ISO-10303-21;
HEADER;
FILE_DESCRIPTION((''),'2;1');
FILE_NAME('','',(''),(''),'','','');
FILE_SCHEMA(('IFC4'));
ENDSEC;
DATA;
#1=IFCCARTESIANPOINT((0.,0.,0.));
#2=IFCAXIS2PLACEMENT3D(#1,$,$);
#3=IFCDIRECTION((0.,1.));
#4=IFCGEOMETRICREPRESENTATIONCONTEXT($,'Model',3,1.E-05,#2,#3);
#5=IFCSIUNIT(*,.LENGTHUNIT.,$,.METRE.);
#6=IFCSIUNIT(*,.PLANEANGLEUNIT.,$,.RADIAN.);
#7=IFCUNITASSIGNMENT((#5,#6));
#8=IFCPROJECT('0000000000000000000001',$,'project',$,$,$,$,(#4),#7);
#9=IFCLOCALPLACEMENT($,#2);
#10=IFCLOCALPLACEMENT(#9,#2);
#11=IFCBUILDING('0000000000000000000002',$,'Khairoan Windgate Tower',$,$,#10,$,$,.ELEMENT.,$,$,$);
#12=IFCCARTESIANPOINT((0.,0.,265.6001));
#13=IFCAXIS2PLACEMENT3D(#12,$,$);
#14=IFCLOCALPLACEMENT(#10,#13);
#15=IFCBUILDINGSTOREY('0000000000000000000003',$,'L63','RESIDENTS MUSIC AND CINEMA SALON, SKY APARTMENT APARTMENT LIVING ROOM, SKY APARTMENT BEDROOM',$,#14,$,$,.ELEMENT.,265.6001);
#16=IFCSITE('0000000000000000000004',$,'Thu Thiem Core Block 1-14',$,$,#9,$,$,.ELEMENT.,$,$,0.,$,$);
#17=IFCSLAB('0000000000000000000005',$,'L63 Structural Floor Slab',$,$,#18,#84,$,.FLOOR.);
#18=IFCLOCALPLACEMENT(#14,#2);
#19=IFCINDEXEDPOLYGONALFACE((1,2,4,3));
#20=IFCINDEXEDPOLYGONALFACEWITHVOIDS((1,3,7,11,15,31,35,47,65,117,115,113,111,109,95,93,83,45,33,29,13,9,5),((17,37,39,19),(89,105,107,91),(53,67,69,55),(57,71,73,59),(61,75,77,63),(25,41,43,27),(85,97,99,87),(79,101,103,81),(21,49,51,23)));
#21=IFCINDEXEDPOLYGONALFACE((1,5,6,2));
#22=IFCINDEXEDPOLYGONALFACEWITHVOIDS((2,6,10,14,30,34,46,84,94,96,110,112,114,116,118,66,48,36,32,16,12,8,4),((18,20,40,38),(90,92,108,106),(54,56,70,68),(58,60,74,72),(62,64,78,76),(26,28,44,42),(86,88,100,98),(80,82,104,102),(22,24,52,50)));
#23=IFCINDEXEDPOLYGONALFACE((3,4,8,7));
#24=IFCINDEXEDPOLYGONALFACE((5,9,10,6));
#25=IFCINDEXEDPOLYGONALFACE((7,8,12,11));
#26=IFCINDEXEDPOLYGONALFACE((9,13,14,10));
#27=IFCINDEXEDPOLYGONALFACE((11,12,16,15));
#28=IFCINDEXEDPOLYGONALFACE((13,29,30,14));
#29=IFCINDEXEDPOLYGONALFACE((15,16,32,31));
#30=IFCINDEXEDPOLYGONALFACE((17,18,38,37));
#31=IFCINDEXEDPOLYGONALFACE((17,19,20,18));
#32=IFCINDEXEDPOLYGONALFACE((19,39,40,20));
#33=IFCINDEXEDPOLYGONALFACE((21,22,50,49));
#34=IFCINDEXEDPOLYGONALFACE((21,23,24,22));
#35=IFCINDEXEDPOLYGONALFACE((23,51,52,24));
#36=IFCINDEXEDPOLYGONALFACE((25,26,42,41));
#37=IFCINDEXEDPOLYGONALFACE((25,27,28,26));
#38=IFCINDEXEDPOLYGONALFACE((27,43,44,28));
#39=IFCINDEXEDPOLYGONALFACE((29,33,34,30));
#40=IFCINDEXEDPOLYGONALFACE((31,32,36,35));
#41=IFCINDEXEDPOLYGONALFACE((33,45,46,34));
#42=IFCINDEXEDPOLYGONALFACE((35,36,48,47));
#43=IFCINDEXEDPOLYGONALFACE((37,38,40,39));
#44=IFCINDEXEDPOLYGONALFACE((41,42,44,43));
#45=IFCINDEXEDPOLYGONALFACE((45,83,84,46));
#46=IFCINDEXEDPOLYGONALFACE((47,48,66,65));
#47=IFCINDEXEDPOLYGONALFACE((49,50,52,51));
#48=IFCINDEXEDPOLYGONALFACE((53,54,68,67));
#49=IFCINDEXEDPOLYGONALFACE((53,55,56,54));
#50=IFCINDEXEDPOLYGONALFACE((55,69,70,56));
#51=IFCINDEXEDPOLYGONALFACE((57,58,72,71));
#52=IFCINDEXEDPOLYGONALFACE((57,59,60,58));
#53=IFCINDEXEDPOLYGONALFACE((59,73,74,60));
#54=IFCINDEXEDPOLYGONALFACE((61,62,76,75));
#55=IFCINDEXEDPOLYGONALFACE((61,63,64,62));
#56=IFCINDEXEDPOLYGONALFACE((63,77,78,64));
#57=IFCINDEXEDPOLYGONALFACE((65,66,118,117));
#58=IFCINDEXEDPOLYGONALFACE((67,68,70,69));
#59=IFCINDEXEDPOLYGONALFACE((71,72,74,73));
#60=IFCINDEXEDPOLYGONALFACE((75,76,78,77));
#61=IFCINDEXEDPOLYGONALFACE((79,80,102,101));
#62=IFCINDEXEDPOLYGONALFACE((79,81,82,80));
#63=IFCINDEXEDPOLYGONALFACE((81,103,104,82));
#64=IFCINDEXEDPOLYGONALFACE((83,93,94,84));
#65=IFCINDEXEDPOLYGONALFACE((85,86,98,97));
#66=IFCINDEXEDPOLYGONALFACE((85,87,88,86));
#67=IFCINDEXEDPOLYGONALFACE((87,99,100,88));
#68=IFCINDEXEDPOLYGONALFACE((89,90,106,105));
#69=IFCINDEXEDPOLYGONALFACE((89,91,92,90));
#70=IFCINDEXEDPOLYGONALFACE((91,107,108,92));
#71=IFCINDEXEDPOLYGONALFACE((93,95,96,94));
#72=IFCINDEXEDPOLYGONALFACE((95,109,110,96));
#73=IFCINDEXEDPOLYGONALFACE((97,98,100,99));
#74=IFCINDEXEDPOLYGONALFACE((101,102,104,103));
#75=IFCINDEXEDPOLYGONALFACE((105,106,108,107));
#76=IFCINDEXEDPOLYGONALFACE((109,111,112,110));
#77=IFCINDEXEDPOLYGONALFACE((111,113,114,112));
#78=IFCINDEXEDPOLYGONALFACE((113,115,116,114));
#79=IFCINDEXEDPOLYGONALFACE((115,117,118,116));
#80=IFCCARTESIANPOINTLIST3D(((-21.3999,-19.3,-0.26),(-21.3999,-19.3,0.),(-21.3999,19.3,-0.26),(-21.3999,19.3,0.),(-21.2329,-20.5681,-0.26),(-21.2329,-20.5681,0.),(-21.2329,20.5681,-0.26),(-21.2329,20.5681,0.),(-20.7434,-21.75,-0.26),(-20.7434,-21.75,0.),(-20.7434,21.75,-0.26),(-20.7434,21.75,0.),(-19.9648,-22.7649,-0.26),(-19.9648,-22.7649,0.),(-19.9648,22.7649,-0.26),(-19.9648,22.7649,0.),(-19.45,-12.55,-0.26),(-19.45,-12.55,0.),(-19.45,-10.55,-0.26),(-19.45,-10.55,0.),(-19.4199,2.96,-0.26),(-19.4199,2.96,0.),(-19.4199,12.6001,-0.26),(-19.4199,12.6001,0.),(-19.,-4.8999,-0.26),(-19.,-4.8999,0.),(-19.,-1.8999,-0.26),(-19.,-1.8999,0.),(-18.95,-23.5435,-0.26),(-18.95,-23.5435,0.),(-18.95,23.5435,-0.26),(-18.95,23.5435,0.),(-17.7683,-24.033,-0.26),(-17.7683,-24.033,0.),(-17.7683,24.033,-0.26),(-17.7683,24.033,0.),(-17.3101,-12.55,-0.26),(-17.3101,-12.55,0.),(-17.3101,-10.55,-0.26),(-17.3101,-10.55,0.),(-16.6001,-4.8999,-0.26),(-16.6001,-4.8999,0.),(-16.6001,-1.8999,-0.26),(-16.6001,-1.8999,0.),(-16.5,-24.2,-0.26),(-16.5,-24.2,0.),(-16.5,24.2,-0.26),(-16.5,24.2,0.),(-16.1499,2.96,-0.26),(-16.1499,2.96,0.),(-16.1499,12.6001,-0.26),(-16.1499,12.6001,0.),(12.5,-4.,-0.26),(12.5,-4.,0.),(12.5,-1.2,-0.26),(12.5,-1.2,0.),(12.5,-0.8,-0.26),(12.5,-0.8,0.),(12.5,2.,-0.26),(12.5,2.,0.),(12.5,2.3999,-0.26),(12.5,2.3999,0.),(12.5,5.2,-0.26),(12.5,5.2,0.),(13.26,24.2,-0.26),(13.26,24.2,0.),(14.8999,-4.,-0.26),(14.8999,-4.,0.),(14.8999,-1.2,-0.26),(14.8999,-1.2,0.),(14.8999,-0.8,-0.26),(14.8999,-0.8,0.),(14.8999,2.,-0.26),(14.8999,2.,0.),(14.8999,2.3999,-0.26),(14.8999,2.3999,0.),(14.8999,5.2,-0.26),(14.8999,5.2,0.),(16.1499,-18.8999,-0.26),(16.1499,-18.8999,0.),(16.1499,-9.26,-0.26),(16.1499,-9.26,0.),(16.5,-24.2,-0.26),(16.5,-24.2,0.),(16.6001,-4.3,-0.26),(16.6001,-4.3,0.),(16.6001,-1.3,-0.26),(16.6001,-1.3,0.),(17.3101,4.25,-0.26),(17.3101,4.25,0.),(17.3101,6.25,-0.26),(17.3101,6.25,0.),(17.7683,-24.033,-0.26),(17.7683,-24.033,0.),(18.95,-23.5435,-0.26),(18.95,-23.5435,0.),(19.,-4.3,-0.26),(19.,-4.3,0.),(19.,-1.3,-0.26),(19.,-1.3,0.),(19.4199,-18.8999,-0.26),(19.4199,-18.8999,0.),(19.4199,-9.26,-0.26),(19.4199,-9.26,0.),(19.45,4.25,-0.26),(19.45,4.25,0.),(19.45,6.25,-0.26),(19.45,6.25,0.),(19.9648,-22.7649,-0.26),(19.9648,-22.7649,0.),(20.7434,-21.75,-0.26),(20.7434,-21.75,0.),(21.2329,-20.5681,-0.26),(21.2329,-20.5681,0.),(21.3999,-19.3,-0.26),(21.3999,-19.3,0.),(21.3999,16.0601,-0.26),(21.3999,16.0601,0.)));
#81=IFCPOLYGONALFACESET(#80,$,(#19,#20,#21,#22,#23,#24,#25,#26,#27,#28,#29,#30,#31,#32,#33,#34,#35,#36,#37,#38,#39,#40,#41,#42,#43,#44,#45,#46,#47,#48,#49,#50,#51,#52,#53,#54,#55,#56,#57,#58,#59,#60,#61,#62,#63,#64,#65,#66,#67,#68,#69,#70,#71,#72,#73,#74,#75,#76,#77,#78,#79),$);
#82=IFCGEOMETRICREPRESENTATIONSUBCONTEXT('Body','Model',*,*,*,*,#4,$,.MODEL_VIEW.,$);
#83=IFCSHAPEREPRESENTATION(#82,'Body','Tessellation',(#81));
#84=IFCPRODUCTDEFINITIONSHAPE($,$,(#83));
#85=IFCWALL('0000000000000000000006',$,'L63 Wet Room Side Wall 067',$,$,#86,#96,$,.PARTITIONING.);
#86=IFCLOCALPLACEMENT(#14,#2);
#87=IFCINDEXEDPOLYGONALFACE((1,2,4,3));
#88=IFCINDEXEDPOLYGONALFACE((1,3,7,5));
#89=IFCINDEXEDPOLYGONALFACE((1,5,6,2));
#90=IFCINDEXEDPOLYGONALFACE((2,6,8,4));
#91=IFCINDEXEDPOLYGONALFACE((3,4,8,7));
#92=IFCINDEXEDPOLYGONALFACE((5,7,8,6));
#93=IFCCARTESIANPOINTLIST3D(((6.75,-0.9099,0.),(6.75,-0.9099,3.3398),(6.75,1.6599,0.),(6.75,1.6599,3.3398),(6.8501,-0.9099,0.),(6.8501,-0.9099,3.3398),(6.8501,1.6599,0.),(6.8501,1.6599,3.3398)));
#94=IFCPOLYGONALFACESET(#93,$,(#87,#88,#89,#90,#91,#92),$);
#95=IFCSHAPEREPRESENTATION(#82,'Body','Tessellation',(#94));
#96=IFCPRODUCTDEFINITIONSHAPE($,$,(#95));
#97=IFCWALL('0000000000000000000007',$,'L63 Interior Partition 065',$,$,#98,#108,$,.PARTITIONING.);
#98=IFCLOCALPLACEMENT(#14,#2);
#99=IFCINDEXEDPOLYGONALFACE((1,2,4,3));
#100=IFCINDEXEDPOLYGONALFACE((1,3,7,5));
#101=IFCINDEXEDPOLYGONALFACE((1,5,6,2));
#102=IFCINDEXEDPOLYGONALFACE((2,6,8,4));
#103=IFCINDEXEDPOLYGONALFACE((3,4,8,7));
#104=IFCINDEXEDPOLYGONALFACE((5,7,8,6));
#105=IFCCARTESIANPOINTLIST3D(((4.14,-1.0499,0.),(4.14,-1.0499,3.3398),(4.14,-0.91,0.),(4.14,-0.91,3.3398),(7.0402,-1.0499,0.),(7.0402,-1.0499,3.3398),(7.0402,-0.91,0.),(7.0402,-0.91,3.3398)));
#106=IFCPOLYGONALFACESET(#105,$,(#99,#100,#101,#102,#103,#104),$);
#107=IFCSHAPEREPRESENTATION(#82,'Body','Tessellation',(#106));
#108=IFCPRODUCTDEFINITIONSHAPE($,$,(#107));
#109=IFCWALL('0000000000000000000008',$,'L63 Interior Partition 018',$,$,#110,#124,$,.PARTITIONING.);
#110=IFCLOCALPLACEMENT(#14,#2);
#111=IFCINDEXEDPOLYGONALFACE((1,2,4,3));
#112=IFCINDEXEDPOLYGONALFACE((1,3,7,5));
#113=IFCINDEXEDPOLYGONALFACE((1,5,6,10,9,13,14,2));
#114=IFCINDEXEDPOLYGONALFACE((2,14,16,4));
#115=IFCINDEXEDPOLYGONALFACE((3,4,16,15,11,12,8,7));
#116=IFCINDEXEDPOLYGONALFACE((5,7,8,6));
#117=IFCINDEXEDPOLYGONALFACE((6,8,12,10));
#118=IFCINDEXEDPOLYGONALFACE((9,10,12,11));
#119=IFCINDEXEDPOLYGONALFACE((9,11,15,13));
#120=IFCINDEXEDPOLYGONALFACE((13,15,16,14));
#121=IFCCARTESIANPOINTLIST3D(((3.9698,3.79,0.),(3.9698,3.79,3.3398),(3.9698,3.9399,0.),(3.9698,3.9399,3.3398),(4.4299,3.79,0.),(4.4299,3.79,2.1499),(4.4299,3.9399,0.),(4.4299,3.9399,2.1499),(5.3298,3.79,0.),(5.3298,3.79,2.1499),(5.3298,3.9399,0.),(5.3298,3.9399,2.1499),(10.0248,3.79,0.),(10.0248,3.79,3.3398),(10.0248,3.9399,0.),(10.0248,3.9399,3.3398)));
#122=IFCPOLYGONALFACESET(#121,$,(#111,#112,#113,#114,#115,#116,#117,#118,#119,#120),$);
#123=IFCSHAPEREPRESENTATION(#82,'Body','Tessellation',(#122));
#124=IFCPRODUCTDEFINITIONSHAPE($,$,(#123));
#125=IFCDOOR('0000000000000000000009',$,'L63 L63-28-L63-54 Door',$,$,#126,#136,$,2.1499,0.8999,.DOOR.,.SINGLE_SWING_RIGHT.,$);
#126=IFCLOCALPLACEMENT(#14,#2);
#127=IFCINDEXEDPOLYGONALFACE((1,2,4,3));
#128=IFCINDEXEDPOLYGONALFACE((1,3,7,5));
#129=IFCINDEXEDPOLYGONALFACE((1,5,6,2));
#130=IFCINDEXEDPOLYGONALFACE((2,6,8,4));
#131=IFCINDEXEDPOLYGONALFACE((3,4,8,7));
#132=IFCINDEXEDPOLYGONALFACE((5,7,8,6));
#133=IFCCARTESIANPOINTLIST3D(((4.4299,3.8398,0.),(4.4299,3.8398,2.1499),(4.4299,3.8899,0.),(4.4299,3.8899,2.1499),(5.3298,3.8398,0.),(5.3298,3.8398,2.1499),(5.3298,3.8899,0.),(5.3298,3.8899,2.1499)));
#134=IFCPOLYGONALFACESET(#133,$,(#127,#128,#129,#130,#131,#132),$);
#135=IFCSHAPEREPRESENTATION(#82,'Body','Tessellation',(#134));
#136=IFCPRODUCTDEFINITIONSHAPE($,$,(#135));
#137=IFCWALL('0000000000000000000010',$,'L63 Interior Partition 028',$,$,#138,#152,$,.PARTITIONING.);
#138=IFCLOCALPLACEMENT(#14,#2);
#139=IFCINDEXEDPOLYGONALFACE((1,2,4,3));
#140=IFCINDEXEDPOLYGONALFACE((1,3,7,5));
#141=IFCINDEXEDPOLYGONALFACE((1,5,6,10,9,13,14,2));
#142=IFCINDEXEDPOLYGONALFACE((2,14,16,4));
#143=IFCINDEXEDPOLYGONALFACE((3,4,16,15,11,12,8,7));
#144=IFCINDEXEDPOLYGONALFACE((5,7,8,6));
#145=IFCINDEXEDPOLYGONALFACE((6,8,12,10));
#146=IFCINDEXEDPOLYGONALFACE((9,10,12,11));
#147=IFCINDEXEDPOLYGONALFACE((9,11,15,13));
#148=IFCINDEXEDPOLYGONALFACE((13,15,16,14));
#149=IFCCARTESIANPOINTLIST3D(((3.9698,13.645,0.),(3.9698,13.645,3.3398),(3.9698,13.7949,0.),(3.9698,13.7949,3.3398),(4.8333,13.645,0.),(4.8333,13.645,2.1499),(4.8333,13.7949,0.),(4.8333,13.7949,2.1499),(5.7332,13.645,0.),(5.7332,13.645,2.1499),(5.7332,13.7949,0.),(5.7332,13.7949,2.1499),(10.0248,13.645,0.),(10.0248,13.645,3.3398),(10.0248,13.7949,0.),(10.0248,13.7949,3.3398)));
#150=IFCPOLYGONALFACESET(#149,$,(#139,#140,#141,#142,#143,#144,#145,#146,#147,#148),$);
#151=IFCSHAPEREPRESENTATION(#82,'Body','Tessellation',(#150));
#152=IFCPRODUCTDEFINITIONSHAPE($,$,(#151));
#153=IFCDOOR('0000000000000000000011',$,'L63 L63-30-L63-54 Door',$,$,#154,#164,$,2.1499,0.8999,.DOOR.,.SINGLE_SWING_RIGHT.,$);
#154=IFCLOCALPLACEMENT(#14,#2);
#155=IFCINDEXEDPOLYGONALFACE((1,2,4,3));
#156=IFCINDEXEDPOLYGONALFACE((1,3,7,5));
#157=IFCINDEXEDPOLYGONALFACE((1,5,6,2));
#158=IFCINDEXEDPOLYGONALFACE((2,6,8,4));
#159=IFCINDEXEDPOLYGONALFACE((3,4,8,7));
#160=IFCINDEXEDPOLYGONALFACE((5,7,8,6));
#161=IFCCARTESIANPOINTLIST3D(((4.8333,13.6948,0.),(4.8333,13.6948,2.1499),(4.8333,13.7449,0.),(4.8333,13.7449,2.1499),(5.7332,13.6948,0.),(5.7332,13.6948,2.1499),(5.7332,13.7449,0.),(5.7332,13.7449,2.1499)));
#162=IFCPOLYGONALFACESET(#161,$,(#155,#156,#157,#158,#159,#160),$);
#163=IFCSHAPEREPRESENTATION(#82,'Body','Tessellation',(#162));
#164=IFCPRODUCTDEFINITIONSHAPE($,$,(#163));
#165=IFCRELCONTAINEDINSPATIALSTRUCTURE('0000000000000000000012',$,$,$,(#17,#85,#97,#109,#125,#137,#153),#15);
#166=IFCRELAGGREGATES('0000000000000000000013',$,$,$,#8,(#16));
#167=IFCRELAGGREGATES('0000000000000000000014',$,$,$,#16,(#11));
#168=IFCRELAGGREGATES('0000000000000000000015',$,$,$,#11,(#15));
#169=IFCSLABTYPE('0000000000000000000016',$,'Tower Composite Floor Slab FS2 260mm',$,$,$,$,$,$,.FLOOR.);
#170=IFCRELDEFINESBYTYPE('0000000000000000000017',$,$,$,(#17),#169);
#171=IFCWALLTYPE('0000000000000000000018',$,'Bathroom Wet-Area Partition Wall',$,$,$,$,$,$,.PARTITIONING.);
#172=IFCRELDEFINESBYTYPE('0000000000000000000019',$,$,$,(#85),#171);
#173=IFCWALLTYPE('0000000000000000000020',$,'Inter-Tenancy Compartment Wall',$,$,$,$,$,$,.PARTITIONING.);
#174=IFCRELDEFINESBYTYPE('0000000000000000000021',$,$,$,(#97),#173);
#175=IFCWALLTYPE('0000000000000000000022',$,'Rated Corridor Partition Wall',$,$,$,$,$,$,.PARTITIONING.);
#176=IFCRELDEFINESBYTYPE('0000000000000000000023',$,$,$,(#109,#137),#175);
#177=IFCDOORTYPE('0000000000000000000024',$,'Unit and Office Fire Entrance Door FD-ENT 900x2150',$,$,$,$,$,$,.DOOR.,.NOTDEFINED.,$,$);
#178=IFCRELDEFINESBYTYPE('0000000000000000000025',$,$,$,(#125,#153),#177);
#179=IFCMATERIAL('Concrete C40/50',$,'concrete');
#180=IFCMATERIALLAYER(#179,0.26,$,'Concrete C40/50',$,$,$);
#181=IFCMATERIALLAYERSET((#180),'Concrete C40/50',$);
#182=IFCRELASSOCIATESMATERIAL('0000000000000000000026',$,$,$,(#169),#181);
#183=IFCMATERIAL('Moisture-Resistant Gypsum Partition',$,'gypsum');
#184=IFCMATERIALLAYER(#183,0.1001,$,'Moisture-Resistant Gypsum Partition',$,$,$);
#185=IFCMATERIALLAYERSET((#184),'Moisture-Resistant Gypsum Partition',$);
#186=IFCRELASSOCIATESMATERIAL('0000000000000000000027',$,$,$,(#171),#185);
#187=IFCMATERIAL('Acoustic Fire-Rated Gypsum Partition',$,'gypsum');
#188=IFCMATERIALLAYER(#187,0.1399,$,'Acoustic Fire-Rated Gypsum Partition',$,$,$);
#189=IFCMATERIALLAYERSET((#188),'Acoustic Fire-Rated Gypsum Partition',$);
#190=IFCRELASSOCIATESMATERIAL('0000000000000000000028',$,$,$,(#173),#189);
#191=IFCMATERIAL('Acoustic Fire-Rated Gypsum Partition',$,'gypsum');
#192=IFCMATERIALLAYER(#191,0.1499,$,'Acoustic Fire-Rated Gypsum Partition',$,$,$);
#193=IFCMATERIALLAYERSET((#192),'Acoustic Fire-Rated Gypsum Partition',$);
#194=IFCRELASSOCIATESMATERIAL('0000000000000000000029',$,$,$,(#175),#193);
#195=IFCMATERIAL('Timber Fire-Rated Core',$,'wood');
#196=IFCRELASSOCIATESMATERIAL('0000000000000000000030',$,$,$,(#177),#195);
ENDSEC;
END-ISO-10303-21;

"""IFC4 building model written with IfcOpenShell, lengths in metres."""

from ifc_helpers import new_model, si_unit, direction, frame, frame_2d, origin, place, context, subcontext, project, spatial, polyline, rectangle, outline, extrude, material, layer, layer_set, type_object, element, fill, save


model = new_model("IFC4")

# Units and contexts
model_context = context("Model", 3, precision=1e-05, world=origin(), true_north=direction((0.0, 1.0)))
body_context = subcontext(model_context, "Body", "Model", "MODEL_VIEW")
ifc_project = project(units=[si_unit("LENGTHUNIT", "METRE"), si_unit("PLANEANGLEUNIT", "RADIAN")], contexts=[model_context])

# Site, building, storey
site_placement = place(None, origin())
site = spatial("IfcSite", under=ifc_project, at=site_placement, Name="Thu Thiem Core Block 1-14", CompositionType="ELEMENT", RefElevation=0.0)
building_placement = place(site_placement, origin())
building = spatial("IfcBuilding", under=site, at=building_placement, Name="Khairoan Windgate Tower", CompositionType="ELEMENT")
storey_placement = place(building_placement, frame((0.0, 0.0, 265.6001)))
storey = spatial("IfcBuildingStorey", under=building, at=storey_placement, Name="L63", Description="RESIDENTS MUSIC AND CINEMA SALON, SKY APARTMENT APARTMENT LIVING ROOM, SKY APARTMENT BEDROOM", CompositionType="ELEMENT", Elevation=265.6001)

# Slab
ifc_material_1 = material(Name="Concrete C40/50", Category="concrete")
ifc_layer_1 = layer(ifc_material_1, 0.26, Name="Concrete C40/50")
ifc_layer_set_1 = layer_set([ifc_layer_1], Name="Concrete C40/50")
slab_type_1 = type_object("IfcSlabType", Name="Tower Composite Floor Slab FS2 260mm", PredefinedType="FLOOR", material=ifc_layer_set_1)
slab_1_placement = place(storey_placement, frame((0.0, 0.0, -0.26)))
element("IfcSlab", 1, at=slab_1_placement, inside=storey, type_object=slab_type_1, Name="L63 Structural Floor Slab", PredefinedType="FLOOR", context=body_context, shape_type="SweptSolid", body=[
    extrude(outline(polyline([(16.5, -24.2), (17.7683, -24.033), (18.95, -23.5435), (19.9648, -22.7649), (20.7434, -21.75), (21.2329, -20.5681), (21.3999, -19.3), (21.3999, 16.0601), (13.26, 24.2), (-16.5, 24.2), (-17.7683, 24.033), (-18.95, 23.5435), (-19.9648, 22.7649), (-20.7434, 21.75), (-21.2329, 20.5681), (-21.3999, 19.3), (-21.3999, -19.3), (-21.2329, -20.5681), (-20.7434, -21.75), (-19.9648, -22.7649), (-18.95, -23.5435), (-17.7683, -24.033), (-16.5, -24.2), (16.5, -24.2)]), holes=[polyline([(16.1499, -9.26), (16.1499, -18.8999), (19.4199, -18.8999), (19.4199, -9.26), (16.1499, -9.26)]), polyline([(-16.1499, 2.96), (-16.1499, 12.6001), (-19.4199, 12.6001), (-19.4199, 2.96), (-16.1499, 2.96)]), polyline([(12.5, 2.3999), (14.8999, 2.3999), (14.8999, 5.2), (12.5, 5.2), (12.5, 2.3999)]), polyline([(12.5, -0.8), (14.8999, -0.8), (14.8999, 2.0), (12.5, 2.0), (12.5, -0.8)]), polyline([(12.5, -4.0), (14.8999, -4.0), (14.8999, -1.2), (12.5, -1.2), (12.5, -4.0)]), polyline([(16.6001, -4.3), (19.0, -4.3), (19.0, -1.3), (16.6001, -1.3), (16.6001, -4.3)]), polyline([(-19.0, -4.8999), (-16.6001, -4.8999), (-16.6001, -1.8999), (-19.0, -1.8999), (-19.0, -4.8999)]), polyline([(-19.45, -12.55), (-17.3101, -12.55), (-17.3101, -10.55), (-19.45, -10.55), (-19.45, -12.55)]), polyline([(17.3101, 4.25), (19.45, 4.25), (19.45, 6.25), (17.3101, 6.25), (17.3101, 4.25)])]), origin(), (0.0, 0.0, 1.0), 0.26),
])

# Walls
ifc_material_2 = material(Name="Moisture-Resistant Gypsum Partition", Category="gypsum")
ifc_layer_2 = layer(ifc_material_2, 0.1001, Name="Moisture-Resistant Gypsum Partition")
ifc_layer_set_2 = layer_set([ifc_layer_2], Name="Moisture-Resistant Gypsum Partition")
wall_type_1 = type_object("IfcWallType", Name="Bathroom Wet-Area Partition Wall", PredefinedType="PARTITIONING", material=ifc_layer_set_2)
wall_1_placement = place(storey_placement, frame((6.8, 1.6599, 0.0), z_axis=(0.0, 0.0, 1.0), x_axis=(0.0, -1.0, 0.0)))
element("IfcWall", 2, at=wall_1_placement, inside=storey, type_object=wall_type_1, Name="L63 Wet Room Side Wall 067", PredefinedType="PARTITIONING", context=body_context, shape_type="SweptSolid", body=[
    extrude(rectangle(XDim=2.5698, YDim=0.1001, at=frame_2d((1.2849, 0.0))), origin(), (0.0, 0.0, 1.0), 3.3398),
])
ifc_material_3 = material(Name="Acoustic Fire-Rated Gypsum Partition", Category="gypsum")
ifc_layer_3 = layer(ifc_material_3, 0.1399, Name="Acoustic Fire-Rated Gypsum Partition")
ifc_layer_set_3 = layer_set([ifc_layer_3], Name="Acoustic Fire-Rated Gypsum Partition")
wall_type_2 = type_object("IfcWallType", Name="Inter-Tenancy Compartment Wall", PredefinedType="PARTITIONING", material=ifc_layer_set_3)
wall_2_placement = place(storey_placement, frame((4.1399, -0.98, 0.0), z_axis=(0.0, 0.0, 1.0), x_axis=(1.0, 0.0, 0.0)))
element("IfcWall", 3, at=wall_2_placement, inside=storey, type_object=wall_type_2, Name="L63 Interior Partition 065", PredefinedType="PARTITIONING", context=body_context, shape_type="SweptSolid", body=[
    extrude(rectangle(XDim=2.9001, YDim=0.1399, at=frame_2d((1.4502, 0.0))), origin(), (0.0, 0.0, 1.0), 3.3398),
])

# Walls, openings, doors
ifc_material_4 = material(Name="Acoustic Fire-Rated Gypsum Partition", Category="gypsum")
ifc_layer_4 = layer(ifc_material_4, 0.1499, Name="Acoustic Fire-Rated Gypsum Partition")
ifc_layer_set_4 = layer_set([ifc_layer_4], Name="Acoustic Fire-Rated Gypsum Partition")
wall_type_3 = type_object("IfcWallType", Name="Rated Corridor Partition Wall", PredefinedType="PARTITIONING", material=ifc_layer_set_4)
wall_3_placement = place(storey_placement, frame((3.97, 3.865, 0.0), z_axis=(0.0, 0.0, 1.0), x_axis=(1.0, 0.0, 0.0)))
wall_3 = element("IfcWall", 4, at=wall_3_placement, inside=storey, type_object=wall_type_3, Name="L63 Interior Partition 018", PredefinedType="PARTITIONING", context=body_context, shape_type="SweptSolid", body=[
    extrude(rectangle(XDim=6.0549, YDim=0.1499, at=frame_2d((3.0273, 0.0))), origin(), (0.0, 0.0, 1.0), 3.3398),
])
opening_1_placement = place(wall_3_placement, frame((0.46, 0.0, 0.0)))
opening_1 = element("IfcOpeningElement", 5, at=opening_1_placement, cuts=wall_3, PredefinedType="OPENING", context=body_context, shape_type="SweptSolid", body=[
    extrude(rectangle(XDim=0.8999, YDim=2.1499, at=frame_2d((0.45, 1.075))), frame((0.0, 0.085, 0.0), z_axis=(0.0, -1.0, 0.0), x_axis=(1.0, 0.0, 0.0)), (0.0, 0.0, 1.0), 0.1699),
])
ifc_material_5 = material(Name="Timber Fire-Rated Core", Category="wood")
door_type = type_object("IfcDoorType", Name="Unit and Office Fire Entrance Door FD-ENT 900x2150", OperationType="NOTDEFINED", PredefinedType="DOOR", material=ifc_material_5)
door_1_placement = place(opening_1_placement, origin())
door_1 = element("IfcDoor", 6, at=door_1_placement, inside=storey, type_object=door_type, Name="L63 L63-28-L63-54 Door", OperationType="SINGLE_SWING_RIGHT", OverallHeight=2.1499, OverallWidth=0.8999, PredefinedType="DOOR", context=body_context, shape_type="SweptSolid", body=[
    extrude(rectangle(XDim=0.8999, YDim=2.1499, at=frame_2d((0.45, 1.075))), frame((0.0, 0.0249, 0.0), z_axis=(0.0, -1.0, 0.0), x_axis=(1.0, 0.0, 0.0)), (0.0, 0.0, 1.0), 0.05),
])
fill(opening_1, door_1)
wall_4_placement = place(storey_placement, frame((3.97, 13.72, 0.0), z_axis=(0.0, 0.0, 1.0), x_axis=(1.0, 0.0, 0.0)))
wall_4 = element("IfcWall", 7, at=wall_4_placement, inside=storey, type_object=wall_type_3, Name="L63 Interior Partition 028", PredefinedType="PARTITIONING", context=body_context, shape_type="SweptSolid", body=[
    extrude(rectangle(XDim=6.0549, YDim=0.1499, at=frame_2d((3.0273, 0.0))), origin(), (0.0, 0.0, 1.0), 3.3398),
])
opening_2_placement = place(wall_4_placement, frame((0.8633, 0.0, 0.0)))
opening_2 = element("IfcOpeningElement", 8, at=opening_2_placement, cuts=wall_4, PredefinedType="OPENING", context=body_context, shape_type="SweptSolid", body=[
    extrude(rectangle(XDim=0.8999, YDim=2.1499, at=frame_2d((0.45, 1.075))), frame((0.0, 0.085, 0.0), z_axis=(0.0, -1.0, 0.0), x_axis=(1.0, 0.0, 0.0)), (0.0, 0.0, 1.0), 0.1699),
])
door_2_placement = place(opening_2_placement, origin())
door_2 = element("IfcDoor", 9, at=door_2_placement, inside=storey, type_object=door_type, Name="L63 L63-30-L63-54 Door", OperationType="SINGLE_SWING_RIGHT", OverallHeight=2.1499, OverallWidth=0.8999, PredefinedType="DOOR", context=body_context, shape_type="SweptSolid", body=[
    extrude(rectangle(XDim=0.8999, YDim=2.1499, at=frame_2d((0.45, 1.075))), frame((0.0, 0.0249, 0.0), z_axis=(0.0, -1.0, 0.0), x_axis=(1.0, 0.0, 0.0)), (0.0, 0.0, 1.0), 0.05),
])
fill(opening_2, door_2)

save(model, "model.ifc")
